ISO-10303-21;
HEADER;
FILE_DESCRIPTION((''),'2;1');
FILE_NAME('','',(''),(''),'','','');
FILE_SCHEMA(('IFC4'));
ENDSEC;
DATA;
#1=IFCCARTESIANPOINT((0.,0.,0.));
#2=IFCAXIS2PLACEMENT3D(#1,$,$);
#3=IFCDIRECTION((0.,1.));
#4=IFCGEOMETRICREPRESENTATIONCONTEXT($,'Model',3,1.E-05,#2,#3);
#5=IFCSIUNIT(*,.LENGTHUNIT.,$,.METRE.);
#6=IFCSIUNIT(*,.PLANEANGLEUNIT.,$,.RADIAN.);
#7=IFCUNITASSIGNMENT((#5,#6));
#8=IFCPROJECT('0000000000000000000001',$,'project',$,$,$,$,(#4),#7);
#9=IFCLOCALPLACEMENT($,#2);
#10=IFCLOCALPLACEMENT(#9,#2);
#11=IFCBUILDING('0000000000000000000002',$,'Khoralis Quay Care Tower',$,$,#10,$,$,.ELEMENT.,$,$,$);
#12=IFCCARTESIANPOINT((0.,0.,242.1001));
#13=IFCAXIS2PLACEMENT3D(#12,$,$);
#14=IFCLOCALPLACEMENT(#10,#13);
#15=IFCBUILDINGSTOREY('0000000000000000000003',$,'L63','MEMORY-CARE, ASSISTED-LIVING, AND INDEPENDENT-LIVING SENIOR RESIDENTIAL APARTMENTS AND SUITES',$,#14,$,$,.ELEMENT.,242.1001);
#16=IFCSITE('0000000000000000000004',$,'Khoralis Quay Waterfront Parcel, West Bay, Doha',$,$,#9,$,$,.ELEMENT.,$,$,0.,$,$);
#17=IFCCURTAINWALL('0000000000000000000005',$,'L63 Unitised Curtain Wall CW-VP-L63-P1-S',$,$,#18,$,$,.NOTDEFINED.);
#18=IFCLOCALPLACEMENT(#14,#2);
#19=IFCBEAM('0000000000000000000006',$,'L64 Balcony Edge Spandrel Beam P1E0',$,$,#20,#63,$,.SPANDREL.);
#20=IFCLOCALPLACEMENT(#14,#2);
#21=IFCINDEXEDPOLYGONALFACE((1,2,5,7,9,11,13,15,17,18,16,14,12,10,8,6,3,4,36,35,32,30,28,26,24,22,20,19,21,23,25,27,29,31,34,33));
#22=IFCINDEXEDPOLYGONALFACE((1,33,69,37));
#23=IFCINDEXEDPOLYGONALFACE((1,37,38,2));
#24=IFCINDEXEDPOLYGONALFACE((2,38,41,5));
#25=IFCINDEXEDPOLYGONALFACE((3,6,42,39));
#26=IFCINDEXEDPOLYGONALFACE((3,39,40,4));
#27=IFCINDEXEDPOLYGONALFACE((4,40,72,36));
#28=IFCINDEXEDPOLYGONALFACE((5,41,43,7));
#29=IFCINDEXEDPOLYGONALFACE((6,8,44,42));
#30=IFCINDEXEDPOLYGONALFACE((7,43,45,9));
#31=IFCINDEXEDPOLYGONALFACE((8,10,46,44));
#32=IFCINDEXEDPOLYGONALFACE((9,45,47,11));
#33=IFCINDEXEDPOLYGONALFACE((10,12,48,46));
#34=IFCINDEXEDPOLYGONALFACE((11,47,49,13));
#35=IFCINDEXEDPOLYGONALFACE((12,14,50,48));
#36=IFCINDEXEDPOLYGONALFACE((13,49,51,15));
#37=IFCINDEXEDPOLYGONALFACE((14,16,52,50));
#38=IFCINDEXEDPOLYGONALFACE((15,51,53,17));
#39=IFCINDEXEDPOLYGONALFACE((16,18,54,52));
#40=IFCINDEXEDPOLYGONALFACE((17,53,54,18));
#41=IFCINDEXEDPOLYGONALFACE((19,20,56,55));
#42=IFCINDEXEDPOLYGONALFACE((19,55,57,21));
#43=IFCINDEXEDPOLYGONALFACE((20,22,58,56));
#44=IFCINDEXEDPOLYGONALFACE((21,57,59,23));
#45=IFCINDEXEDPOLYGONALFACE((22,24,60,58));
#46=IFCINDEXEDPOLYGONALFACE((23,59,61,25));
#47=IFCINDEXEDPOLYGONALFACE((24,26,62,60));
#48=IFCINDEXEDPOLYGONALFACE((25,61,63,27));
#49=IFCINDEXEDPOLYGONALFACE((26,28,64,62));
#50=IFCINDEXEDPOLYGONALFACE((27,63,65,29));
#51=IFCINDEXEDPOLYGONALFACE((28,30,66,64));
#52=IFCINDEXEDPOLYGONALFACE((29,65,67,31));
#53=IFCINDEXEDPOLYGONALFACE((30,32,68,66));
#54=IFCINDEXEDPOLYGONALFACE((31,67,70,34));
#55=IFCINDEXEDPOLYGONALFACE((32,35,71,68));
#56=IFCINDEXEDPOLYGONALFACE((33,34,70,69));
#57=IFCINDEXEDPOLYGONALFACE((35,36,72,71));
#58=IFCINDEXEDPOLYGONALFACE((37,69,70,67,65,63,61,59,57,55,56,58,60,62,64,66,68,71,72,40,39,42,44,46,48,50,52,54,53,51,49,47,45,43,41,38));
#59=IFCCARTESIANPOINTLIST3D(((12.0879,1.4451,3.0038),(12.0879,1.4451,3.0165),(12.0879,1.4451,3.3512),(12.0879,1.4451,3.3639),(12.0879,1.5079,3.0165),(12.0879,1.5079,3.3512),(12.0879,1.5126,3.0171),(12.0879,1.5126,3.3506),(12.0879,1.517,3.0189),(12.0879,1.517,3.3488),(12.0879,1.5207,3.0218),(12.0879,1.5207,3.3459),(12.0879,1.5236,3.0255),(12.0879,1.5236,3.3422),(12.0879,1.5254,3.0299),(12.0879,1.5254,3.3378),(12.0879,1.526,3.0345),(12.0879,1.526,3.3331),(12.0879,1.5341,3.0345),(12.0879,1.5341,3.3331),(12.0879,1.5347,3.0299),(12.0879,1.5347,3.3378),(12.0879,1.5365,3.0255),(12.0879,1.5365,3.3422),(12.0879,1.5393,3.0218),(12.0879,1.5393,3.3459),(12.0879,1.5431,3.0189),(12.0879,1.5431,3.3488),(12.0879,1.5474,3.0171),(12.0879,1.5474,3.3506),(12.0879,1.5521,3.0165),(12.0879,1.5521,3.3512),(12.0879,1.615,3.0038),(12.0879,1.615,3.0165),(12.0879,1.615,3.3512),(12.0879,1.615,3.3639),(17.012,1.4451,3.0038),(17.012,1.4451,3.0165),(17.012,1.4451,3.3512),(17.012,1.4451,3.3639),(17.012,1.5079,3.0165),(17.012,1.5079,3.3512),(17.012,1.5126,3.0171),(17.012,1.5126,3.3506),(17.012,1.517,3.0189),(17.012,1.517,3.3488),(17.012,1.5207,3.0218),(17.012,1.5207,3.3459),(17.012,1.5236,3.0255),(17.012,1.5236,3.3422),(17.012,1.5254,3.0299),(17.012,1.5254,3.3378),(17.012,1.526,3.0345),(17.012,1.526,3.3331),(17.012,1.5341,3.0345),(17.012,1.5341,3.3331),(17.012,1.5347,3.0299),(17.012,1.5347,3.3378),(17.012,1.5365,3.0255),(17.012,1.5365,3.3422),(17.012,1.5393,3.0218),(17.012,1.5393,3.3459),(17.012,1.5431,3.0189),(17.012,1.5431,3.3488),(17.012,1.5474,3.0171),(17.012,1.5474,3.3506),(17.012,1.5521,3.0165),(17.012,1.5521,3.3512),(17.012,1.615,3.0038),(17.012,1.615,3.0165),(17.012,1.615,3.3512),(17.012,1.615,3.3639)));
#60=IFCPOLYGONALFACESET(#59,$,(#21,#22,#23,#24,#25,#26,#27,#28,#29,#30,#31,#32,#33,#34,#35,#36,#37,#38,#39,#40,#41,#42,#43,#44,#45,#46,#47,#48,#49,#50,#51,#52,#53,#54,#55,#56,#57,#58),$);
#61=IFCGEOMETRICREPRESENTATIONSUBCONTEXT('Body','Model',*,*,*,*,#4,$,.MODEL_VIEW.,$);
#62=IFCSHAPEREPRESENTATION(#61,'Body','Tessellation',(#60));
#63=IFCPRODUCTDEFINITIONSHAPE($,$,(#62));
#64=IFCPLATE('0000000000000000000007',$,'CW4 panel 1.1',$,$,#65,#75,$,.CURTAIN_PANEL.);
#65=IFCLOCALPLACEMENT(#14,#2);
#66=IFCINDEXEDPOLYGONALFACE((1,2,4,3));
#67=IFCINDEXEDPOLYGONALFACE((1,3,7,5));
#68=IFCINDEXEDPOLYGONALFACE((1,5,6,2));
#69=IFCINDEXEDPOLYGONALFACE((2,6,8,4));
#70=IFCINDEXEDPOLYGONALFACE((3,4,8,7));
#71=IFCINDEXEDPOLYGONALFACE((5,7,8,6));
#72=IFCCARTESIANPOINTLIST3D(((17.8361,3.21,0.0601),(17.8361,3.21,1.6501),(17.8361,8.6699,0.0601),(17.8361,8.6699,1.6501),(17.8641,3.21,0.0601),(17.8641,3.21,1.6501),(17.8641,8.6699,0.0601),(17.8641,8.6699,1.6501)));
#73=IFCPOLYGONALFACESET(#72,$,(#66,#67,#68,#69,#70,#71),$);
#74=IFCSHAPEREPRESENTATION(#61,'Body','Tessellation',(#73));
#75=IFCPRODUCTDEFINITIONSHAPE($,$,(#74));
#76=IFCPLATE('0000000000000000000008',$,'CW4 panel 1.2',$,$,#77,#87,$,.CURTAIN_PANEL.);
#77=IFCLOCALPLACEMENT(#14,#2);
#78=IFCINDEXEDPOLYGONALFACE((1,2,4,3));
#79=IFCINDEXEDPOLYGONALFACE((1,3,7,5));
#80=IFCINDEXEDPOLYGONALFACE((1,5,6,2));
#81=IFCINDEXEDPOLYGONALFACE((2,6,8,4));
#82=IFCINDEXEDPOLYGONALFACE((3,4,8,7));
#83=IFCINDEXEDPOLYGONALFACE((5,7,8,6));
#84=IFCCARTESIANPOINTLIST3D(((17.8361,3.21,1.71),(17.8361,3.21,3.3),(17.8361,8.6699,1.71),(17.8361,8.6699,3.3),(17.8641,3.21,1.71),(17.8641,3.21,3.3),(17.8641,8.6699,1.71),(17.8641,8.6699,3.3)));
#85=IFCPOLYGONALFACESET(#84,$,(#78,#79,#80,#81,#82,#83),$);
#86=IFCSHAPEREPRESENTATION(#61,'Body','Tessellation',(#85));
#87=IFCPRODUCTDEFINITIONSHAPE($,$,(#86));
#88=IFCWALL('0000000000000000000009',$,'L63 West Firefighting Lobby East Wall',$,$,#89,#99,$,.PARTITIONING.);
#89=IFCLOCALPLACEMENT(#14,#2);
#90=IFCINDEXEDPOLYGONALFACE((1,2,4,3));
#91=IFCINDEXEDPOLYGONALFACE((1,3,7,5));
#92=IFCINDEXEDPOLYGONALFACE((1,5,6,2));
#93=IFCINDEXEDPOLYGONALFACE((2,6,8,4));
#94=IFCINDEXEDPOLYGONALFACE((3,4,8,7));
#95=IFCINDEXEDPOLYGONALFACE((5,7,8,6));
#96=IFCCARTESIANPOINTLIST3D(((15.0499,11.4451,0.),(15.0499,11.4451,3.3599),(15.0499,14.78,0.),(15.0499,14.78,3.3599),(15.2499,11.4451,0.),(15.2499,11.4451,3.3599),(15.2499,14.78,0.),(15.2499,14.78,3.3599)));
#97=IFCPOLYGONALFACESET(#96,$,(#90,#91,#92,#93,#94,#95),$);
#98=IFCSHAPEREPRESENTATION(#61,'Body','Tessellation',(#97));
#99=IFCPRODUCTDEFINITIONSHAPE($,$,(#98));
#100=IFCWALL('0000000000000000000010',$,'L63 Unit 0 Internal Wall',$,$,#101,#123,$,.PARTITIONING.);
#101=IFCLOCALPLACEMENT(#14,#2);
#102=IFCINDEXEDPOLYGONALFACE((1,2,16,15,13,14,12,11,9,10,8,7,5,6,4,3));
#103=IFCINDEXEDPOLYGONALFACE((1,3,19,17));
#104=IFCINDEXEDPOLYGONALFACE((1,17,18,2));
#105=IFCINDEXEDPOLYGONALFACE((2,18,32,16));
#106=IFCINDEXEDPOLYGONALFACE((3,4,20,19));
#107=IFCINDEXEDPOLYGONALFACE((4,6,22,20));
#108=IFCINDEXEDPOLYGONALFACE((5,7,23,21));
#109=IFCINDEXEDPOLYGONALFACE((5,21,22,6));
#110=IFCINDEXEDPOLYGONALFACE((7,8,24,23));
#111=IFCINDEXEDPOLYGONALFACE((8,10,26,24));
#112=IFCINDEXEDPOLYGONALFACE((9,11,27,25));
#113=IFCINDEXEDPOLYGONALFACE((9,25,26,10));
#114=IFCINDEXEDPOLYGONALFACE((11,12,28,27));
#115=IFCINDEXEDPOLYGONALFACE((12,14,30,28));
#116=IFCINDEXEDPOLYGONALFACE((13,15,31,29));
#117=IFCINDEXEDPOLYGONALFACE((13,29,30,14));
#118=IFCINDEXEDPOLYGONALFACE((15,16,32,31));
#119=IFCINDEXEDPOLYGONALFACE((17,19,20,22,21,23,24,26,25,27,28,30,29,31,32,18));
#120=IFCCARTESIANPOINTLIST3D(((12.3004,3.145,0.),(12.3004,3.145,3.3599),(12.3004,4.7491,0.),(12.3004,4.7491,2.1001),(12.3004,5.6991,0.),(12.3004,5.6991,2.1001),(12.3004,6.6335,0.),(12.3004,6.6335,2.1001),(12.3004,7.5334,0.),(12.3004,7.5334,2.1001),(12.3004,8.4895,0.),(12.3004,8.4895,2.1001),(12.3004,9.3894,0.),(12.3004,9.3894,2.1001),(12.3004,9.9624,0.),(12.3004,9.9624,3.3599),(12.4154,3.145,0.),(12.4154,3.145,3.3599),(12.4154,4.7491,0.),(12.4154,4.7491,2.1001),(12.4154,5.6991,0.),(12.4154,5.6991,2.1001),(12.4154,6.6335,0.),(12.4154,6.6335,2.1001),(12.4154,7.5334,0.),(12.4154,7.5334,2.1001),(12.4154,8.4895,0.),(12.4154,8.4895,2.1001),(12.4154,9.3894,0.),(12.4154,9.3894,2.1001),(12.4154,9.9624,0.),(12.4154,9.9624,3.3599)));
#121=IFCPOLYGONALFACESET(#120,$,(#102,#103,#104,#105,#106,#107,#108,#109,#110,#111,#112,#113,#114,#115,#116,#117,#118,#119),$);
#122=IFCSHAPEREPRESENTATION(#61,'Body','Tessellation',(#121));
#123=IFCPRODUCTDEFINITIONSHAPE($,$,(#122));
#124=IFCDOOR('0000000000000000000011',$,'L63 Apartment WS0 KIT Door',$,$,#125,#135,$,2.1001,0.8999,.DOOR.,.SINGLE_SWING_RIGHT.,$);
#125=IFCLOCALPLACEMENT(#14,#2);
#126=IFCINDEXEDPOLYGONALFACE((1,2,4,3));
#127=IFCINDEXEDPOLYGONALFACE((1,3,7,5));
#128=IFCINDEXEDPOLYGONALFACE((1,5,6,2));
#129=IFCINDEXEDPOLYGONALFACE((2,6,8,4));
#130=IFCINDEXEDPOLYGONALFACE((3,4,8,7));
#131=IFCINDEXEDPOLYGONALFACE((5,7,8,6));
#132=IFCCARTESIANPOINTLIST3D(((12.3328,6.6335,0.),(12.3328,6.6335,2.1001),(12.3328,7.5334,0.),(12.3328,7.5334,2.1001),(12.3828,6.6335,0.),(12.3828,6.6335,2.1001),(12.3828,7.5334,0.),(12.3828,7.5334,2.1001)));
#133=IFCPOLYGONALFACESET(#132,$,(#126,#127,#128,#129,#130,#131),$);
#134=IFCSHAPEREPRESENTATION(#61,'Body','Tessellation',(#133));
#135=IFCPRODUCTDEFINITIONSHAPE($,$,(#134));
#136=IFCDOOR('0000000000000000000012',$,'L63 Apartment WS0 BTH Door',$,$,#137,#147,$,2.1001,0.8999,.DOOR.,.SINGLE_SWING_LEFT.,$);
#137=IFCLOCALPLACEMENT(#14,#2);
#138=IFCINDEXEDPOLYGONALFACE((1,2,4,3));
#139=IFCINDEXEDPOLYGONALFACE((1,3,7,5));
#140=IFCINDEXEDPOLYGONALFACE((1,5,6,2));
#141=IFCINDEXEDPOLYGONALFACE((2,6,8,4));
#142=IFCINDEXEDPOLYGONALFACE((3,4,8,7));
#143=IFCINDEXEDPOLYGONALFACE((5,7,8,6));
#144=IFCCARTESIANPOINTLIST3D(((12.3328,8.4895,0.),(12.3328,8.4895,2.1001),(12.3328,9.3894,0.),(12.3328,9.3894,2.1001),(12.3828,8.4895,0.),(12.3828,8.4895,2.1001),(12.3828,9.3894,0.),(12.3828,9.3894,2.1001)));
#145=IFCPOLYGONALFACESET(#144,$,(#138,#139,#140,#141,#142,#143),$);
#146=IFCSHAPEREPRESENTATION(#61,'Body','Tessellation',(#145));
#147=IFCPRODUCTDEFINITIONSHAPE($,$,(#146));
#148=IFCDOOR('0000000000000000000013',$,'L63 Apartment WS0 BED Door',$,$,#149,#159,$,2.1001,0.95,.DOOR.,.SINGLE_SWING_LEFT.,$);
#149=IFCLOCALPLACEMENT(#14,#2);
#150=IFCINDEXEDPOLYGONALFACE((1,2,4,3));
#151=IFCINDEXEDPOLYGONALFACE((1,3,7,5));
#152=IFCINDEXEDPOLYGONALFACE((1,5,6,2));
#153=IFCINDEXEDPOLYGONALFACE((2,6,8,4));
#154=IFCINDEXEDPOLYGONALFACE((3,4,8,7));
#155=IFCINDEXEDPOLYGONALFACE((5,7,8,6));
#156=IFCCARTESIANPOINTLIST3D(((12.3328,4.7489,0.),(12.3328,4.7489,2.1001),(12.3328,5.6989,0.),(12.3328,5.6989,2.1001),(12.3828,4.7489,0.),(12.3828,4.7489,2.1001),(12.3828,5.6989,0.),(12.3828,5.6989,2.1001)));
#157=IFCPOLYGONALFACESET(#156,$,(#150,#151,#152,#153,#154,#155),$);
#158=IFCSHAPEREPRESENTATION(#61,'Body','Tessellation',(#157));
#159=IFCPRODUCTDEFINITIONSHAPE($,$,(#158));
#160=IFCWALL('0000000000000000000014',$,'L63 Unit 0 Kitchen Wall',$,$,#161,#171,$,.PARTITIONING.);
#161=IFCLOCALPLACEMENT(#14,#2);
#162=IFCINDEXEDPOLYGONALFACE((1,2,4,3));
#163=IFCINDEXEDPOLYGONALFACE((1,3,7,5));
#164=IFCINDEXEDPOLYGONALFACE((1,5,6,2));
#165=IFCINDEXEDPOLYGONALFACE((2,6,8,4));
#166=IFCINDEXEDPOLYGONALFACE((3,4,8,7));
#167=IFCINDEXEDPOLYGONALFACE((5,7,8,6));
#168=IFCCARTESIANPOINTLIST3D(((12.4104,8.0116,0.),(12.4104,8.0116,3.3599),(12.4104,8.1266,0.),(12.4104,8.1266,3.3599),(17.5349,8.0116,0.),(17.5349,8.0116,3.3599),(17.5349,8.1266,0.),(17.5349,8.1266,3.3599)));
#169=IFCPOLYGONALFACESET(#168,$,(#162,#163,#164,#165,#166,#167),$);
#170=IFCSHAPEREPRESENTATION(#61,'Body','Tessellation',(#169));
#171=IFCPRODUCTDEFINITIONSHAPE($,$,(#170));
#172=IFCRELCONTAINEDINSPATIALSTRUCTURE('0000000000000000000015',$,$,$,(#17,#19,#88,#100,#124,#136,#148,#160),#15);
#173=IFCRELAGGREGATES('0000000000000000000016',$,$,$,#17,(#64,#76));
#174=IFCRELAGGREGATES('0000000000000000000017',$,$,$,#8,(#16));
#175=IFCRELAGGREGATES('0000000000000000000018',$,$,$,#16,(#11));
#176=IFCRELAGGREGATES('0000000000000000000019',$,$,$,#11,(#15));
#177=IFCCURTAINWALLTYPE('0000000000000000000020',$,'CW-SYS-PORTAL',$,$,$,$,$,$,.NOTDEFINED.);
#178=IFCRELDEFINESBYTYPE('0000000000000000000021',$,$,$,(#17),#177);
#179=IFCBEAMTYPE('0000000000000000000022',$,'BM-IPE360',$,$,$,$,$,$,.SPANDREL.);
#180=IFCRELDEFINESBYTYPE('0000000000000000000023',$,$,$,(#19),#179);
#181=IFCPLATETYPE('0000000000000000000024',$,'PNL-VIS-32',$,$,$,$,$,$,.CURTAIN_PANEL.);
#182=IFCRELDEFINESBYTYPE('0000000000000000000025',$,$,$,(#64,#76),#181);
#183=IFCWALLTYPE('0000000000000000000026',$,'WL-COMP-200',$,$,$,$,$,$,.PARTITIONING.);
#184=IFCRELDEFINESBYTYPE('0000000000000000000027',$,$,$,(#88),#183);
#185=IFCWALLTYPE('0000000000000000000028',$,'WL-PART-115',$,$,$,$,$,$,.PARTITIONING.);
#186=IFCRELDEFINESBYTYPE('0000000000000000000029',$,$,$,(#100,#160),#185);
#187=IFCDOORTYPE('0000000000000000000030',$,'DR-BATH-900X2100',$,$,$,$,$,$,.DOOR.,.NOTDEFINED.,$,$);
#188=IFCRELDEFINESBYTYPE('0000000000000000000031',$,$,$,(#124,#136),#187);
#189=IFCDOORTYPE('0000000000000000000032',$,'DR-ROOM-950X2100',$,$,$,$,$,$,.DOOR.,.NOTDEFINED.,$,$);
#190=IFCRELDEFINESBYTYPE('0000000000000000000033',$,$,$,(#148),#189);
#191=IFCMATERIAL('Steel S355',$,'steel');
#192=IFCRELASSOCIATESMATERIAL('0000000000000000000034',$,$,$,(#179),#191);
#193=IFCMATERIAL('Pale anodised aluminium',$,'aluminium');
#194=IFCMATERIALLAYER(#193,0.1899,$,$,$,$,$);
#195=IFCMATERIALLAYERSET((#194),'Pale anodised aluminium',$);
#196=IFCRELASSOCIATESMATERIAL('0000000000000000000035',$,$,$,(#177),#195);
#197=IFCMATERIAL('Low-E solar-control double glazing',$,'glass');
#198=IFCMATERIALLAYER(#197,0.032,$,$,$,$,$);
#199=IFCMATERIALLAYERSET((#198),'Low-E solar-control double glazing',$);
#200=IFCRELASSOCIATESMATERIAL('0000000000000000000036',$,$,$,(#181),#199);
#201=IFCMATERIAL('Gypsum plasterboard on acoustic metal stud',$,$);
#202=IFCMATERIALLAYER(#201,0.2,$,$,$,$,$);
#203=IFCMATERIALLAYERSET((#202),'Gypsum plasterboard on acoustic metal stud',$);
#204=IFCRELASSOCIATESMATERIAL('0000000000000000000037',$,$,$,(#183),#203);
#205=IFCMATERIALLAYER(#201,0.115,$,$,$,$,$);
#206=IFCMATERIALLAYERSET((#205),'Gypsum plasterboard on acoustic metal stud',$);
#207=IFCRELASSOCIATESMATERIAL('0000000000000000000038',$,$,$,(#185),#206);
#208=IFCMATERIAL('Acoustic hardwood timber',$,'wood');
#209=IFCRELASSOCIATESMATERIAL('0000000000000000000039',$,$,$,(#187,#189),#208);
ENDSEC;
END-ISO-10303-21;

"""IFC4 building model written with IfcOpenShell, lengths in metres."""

from ifc_helpers import new_model, si_unit, direction, frame, frame_2d, origin, origin_2d, place, context, subcontext, project, spatial, rectangle, i_section, extrude, source, transform, mapped, material, layer, layer_set, material_profile, profile_set, type_object, element, fill, aggregate, save


model = new_model("IFC4")

# Units and contexts
model_context = context("Model", 3, precision=1e-05, world=origin(), true_north=direction((0.0, 1.0)))
body_context = subcontext(model_context, "Body", "Model", "MODEL_VIEW")
ifc_project = project(units=[si_unit("LENGTHUNIT", "METRE"), si_unit("PLANEANGLEUNIT", "RADIAN")], contexts=[model_context])

# Site, building, storey
site_placement = place(None, origin())
site = spatial("IfcSite", under=ifc_project, at=site_placement, Name="Khoralis Quay Waterfront Parcel, West Bay, Doha", CompositionType="ELEMENT", RefElevation=0.0)
building_placement = place(site_placement, origin())
building = spatial("IfcBuilding", under=site, at=building_placement, Name="Khoralis Quay Care Tower", CompositionType="ELEMENT")
storey_placement = place(building_placement, frame((0.0, 0.0, 242.1001)))
storey = spatial("IfcBuildingStorey", under=building, at=storey_placement, Name="L63", Description="MEMORY-CARE, ASSISTED-LIVING, AND INDEPENDENT-LIVING SENIOR RESIDENTIAL APARTMENTS AND SUITES", CompositionType="ELEMENT", Elevation=242.1001)

# Shared definitions
ifc_material_1 = material(Name="Steel S355", Category="steel")
ifc_material_profile_1 = material_profile(ifc_material_1, i_section(OverallWidth=0.1699, OverallDepth=0.3601, WebThickness=0.0081, FlangeThickness=0.0127, FilletRadius=0.0181, at=origin_2d()), Name="Steel S355")
ifc_profile_set_1 = profile_set([ifc_material_profile_1], Name="Steel S355")
beam_type_1 = type_object("IfcBeamType", Name="BM-IPE360", PredefinedType="SPANDREL", material=ifc_profile_set_1)

# Curtain wall
ifc_material_2 = material(Name="Pale anodised aluminium", Category="aluminium")
ifc_layer_1 = layer(ifc_material_2, 0.1899)
ifc_layer_set_1 = layer_set([ifc_layer_1], Name="Pale anodised aluminium")
curtain_wall_type = type_object("IfcCurtainWallType", Name="CW-SYS-PORTAL", PredefinedType="NOTDEFINED", material=ifc_layer_set_1)
curtain_wall_placement = place(storey_placement, origin())
curtain_wall = element("IfcCurtainWall", 1, at=curtain_wall_placement, inside=storey, type_object=curtain_wall_type, Name="L63 Unitised Curtain Wall CW-VP-L63-P1-S", PredefinedType="NOTDEFINED")

# Beam
shared_shape_1 = source(origin(), body_context, "Body", "SweptSolid", [
    extrude(i_section(OverallWidth=0.1699, OverallDepth=0.3601, WebThickness=0.0081, FlangeThickness=0.0127, FilletRadius=0.0181, at=origin_2d()), origin(), (0.0, 0.0, 1.0), 4.9241),
])
beam_1_placement = place(storey_placement, frame((12.0879, 1.53, 3.1838), z_axis=(1.0, 0.0, 0.0), x_axis=(0.0, 1.0, 0.0)))
element("IfcBeam", 2, at=beam_1_placement, inside=storey, type_object=beam_type_1, Name="L64 Balcony Edge Spandrel Beam P1E0", PredefinedType="SPANDREL", context=body_context, shape_type="MappedRepresentation", body=[
    mapped(shared_shape_1, transform((0.0, 0.0, 0.0), scale=1.0)),
])

# Plates
ifc_material_3 = material(Name="Low-E solar-control double glazing", Category="glass")
ifc_layer_2 = layer(ifc_material_3, 0.032)
ifc_layer_set_2 = layer_set([ifc_layer_2], Name="Low-E solar-control double glazing")
plate_type = type_object("IfcPlateType", Name="PNL-VIS-32", PredefinedType="CURTAIN_PANEL", material=ifc_layer_set_2)
shared_shape_2 = source(origin(), body_context, "Body", "SweptSolid", [
    extrude(rectangle(XDim=5.46, YDim=0.0281, at=origin_2d()), origin(), (0.0, 0.0, 1.0), 1.5901),
])
plate_1_placement = place(storey_placement, frame((17.8501, 5.9399, 0.0601), z_axis=(0.0, 0.0, 1.0), x_axis=(0.0, 1.0, 0.0)))
plate_1 = element("IfcPlate", 3, at=plate_1_placement, type_object=plate_type, Name="CW4 panel 1.1", PredefinedType="CURTAIN_PANEL", context=body_context, shape_type="MappedRepresentation", body=[
    mapped(shared_shape_2, transform((0.0, 0.0, 0.0), scale=1.0)),
])
plate_2_placement = place(storey_placement, frame((17.8501, 5.9399, 1.71), z_axis=(0.0, 0.0, 1.0), x_axis=(0.0, 1.0, 0.0)))
plate_2 = element("IfcPlate", 4, at=plate_2_placement, type_object=plate_type, Name="CW4 panel 1.2", PredefinedType="CURTAIN_PANEL", context=body_context, shape_type="MappedRepresentation", body=[
    mapped(shared_shape_2, transform((0.0, 0.0, 0.0), scale=1.0)),
])
aggregate(curtain_wall, [plate_1, plate_2])

# Wall
ifc_material_4 = material(Name="Gypsum plasterboard on acoustic metal stud")
ifc_layer_3 = layer(ifc_material_4, 0.2)
ifc_layer_set_3 = layer_set([ifc_layer_3], Name="Gypsum plasterboard on acoustic metal stud")
wall_type_1 = type_object("IfcWallType", Name="WL-COMP-200", PredefinedType="PARTITIONING", material=ifc_layer_set_3)
wall_1_placement = place(storey_placement, frame((15.1499, 11.4451, 0.0), z_axis=(0.0, 0.0, 1.0), x_axis=(0.0, 1.0, 0.0)))
element("IfcWall", 5, at=wall_1_placement, inside=storey, type_object=wall_type_1, Name="L63 West Firefighting Lobby East Wall", PredefinedType="PARTITIONING", context=body_context, shape_type="SweptSolid", body=[
    extrude(rectangle(XDim=3.335, YDim=0.2, at=frame_2d((1.6675, 0.0))), origin(), (0.0, 0.0, 1.0), 3.3599),
])

# Wall, openings, doors
ifc_layer_4 = layer(ifc_material_4, 0.115)
ifc_layer_set_4 = layer_set([ifc_layer_4], Name="Gypsum plasterboard on acoustic metal stud")
wall_type_2 = type_object("IfcWallType", Name="WL-PART-115", PredefinedType="PARTITIONING", material=ifc_layer_set_4)
wall_2_placement = place(storey_placement, frame((12.3579, 3.145, 0.0), z_axis=(0.0, 0.0, 1.0), x_axis=(0.0, 1.0, 0.0)))
wall_2 = element("IfcWall", 6, at=wall_2_placement, inside=storey, type_object=wall_type_2, Name="L63 Unit 0 Internal Wall", PredefinedType="PARTITIONING", context=body_context, shape_type="SweptSolid", body=[
    extrude(rectangle(XDim=6.8174, YDim=0.115, at=frame_2d((3.4087, 0.0))), origin(), (0.0, 0.0, 1.0), 3.3599),
])
opening_1_placement = place(wall_2_placement, frame((1.604, 0.0, 0.0)))
opening_1 = element("IfcOpeningElement", 7, at=opening_1_placement, cuts=wall_2, PredefinedType="OPENING", context=body_context, shape_type="SweptSolid", body=[
    extrude(rectangle(XDim=0.95, YDim=2.1001, at=frame_2d((0.4751, 1.05))), frame((0.0, 0.0674, 0.0), z_axis=(0.0, -1.0, 0.0), x_axis=(1.0, 0.0, 0.0)), (0.0, 0.0, 1.0), 0.135),
])
opening_2_placement = place(wall_2_placement, frame((3.4885, 0.0, 0.0)))
opening_2 = element("IfcOpeningElement", 8, at=opening_2_placement, cuts=wall_2, PredefinedType="OPENING", context=body_context, shape_type="SweptSolid", body=[
    extrude(rectangle(XDim=0.8999, YDim=2.1001, at=frame_2d((0.45, 1.05))), frame((0.0, 0.0674, 0.0), z_axis=(0.0, -1.0, 0.0), x_axis=(1.0, 0.0, 0.0)), (0.0, 0.0, 1.0), 0.135),
])
opening_3_placement = place(wall_2_placement, frame((5.3445, 0.0, 0.0)))
opening_3 = element("IfcOpeningElement", 9, at=opening_3_placement, cuts=wall_2, PredefinedType="OPENING", context=body_context, shape_type="SweptSolid", body=[
    extrude(rectangle(XDim=0.8999, YDim=2.1001, at=frame_2d((0.45, 1.05))), frame((0.0, 0.0674, 0.0), z_axis=(0.0, -1.0, 0.0), x_axis=(1.0, 0.0, 0.0)), (0.0, 0.0, 1.0), 0.135),
])
ifc_material_5 = material(Name="Acoustic hardwood timber", Category="wood")
door_type_1 = type_object("IfcDoorType", Name="DR-BATH-900X2100", OperationType="NOTDEFINED", PredefinedType="DOOR", material=ifc_material_5)
shared_shape_3 = source(origin(), body_context, "Body", "SweptSolid", [
    extrude(rectangle(XDim=0.8999, YDim=2.1001, at=frame_2d((0.45, 1.05))), frame((0.0, 0.0249, 0.0), z_axis=(0.0, -1.0, 0.0), x_axis=(1.0, 0.0, 0.0)), (0.0, 0.0, 1.0), 0.05),
])
door_1_placement = place(opening_2_placement, frame((0.8999, 0.0, 0.0), z_axis=(0.0, 0.0, 1.0), x_axis=(-1.0, 0.0, 0.0)))
door_1 = element("IfcDoor", 10, at=door_1_placement, inside=storey, type_object=door_type_1, Name="L63 Apartment WS0 KIT Door", OperationType="SINGLE_SWING_RIGHT", OverallHeight=2.1001, OverallWidth=0.8999, PredefinedType="DOOR", context=body_context, shape_type="MappedRepresentation", body=[
    mapped(shared_shape_3, transform((0.0, 0.0, 0.0), scale=1.0)),
])
fill(opening_2, door_1)
door_2_placement = place(opening_3_placement, frame((0.8999, 0.0, 0.0), z_axis=(0.0, 0.0, 1.0), x_axis=(-1.0, 0.0, 0.0)))
door_2 = element("IfcDoor", 11, at=door_2_placement, inside=storey, type_object=door_type_1, Name="L63 Apartment WS0 BTH Door", OperationType="SINGLE_SWING_LEFT", OverallHeight=2.1001, OverallWidth=0.8999, PredefinedType="DOOR", context=body_context, shape_type="MappedRepresentation", body=[
    mapped(shared_shape_3, transform((0.0, 0.0, 0.0), scale=1.0)),
])
fill(opening_3, door_2)
door_type_2 = type_object("IfcDoorType", Name="DR-ROOM-950X2100", OperationType="NOTDEFINED", PredefinedType="DOOR", material=ifc_material_5)
shared_shape_4 = source(origin(), body_context, "Body", "SweptSolid", [
    extrude(rectangle(XDim=0.95, YDim=2.1001, at=frame_2d((0.4751, 1.05))), frame((0.0, 0.0249, 0.0), z_axis=(0.0, -1.0, 0.0), x_axis=(1.0, 0.0, 0.0)), (0.0, 0.0, 1.0), 0.05),
])
door_3_placement = place(opening_1_placement, frame((0.95, 0.0, 0.0), z_axis=(0.0, 0.0, 1.0), x_axis=(-1.0, 0.0, 0.0)))
door_3 = element("IfcDoor", 12, at=door_3_placement, inside=storey, type_object=door_type_2, Name="L63 Apartment WS0 BED Door", OperationType="SINGLE_SWING_LEFT", OverallHeight=2.1001, OverallWidth=0.95, PredefinedType="DOOR", context=body_context, shape_type="MappedRepresentation", body=[
    mapped(shared_shape_4, transform((0.0, 0.0, 0.0), scale=1.0)),
])
fill(opening_1, door_3)

# Wall
wall_3_placement = place(storey_placement, frame((12.4104, 8.0691, 0.0), z_axis=(0.0, 0.0, 1.0), x_axis=(1.0, 0.0, 0.0)))
element("IfcWall", 13, at=wall_3_placement, inside=storey, type_object=wall_type_2, Name="L63 Unit 0 Kitchen Wall", PredefinedType="PARTITIONING", context=body_context, shape_type="SweptSolid", body=[
    extrude(rectangle(XDim=5.1245, YDim=0.115, at=frame_2d((2.5623, 0.0))), origin(), (0.0, 0.0, 1.0), 3.3599),
])

save(model, "model.ifc")
